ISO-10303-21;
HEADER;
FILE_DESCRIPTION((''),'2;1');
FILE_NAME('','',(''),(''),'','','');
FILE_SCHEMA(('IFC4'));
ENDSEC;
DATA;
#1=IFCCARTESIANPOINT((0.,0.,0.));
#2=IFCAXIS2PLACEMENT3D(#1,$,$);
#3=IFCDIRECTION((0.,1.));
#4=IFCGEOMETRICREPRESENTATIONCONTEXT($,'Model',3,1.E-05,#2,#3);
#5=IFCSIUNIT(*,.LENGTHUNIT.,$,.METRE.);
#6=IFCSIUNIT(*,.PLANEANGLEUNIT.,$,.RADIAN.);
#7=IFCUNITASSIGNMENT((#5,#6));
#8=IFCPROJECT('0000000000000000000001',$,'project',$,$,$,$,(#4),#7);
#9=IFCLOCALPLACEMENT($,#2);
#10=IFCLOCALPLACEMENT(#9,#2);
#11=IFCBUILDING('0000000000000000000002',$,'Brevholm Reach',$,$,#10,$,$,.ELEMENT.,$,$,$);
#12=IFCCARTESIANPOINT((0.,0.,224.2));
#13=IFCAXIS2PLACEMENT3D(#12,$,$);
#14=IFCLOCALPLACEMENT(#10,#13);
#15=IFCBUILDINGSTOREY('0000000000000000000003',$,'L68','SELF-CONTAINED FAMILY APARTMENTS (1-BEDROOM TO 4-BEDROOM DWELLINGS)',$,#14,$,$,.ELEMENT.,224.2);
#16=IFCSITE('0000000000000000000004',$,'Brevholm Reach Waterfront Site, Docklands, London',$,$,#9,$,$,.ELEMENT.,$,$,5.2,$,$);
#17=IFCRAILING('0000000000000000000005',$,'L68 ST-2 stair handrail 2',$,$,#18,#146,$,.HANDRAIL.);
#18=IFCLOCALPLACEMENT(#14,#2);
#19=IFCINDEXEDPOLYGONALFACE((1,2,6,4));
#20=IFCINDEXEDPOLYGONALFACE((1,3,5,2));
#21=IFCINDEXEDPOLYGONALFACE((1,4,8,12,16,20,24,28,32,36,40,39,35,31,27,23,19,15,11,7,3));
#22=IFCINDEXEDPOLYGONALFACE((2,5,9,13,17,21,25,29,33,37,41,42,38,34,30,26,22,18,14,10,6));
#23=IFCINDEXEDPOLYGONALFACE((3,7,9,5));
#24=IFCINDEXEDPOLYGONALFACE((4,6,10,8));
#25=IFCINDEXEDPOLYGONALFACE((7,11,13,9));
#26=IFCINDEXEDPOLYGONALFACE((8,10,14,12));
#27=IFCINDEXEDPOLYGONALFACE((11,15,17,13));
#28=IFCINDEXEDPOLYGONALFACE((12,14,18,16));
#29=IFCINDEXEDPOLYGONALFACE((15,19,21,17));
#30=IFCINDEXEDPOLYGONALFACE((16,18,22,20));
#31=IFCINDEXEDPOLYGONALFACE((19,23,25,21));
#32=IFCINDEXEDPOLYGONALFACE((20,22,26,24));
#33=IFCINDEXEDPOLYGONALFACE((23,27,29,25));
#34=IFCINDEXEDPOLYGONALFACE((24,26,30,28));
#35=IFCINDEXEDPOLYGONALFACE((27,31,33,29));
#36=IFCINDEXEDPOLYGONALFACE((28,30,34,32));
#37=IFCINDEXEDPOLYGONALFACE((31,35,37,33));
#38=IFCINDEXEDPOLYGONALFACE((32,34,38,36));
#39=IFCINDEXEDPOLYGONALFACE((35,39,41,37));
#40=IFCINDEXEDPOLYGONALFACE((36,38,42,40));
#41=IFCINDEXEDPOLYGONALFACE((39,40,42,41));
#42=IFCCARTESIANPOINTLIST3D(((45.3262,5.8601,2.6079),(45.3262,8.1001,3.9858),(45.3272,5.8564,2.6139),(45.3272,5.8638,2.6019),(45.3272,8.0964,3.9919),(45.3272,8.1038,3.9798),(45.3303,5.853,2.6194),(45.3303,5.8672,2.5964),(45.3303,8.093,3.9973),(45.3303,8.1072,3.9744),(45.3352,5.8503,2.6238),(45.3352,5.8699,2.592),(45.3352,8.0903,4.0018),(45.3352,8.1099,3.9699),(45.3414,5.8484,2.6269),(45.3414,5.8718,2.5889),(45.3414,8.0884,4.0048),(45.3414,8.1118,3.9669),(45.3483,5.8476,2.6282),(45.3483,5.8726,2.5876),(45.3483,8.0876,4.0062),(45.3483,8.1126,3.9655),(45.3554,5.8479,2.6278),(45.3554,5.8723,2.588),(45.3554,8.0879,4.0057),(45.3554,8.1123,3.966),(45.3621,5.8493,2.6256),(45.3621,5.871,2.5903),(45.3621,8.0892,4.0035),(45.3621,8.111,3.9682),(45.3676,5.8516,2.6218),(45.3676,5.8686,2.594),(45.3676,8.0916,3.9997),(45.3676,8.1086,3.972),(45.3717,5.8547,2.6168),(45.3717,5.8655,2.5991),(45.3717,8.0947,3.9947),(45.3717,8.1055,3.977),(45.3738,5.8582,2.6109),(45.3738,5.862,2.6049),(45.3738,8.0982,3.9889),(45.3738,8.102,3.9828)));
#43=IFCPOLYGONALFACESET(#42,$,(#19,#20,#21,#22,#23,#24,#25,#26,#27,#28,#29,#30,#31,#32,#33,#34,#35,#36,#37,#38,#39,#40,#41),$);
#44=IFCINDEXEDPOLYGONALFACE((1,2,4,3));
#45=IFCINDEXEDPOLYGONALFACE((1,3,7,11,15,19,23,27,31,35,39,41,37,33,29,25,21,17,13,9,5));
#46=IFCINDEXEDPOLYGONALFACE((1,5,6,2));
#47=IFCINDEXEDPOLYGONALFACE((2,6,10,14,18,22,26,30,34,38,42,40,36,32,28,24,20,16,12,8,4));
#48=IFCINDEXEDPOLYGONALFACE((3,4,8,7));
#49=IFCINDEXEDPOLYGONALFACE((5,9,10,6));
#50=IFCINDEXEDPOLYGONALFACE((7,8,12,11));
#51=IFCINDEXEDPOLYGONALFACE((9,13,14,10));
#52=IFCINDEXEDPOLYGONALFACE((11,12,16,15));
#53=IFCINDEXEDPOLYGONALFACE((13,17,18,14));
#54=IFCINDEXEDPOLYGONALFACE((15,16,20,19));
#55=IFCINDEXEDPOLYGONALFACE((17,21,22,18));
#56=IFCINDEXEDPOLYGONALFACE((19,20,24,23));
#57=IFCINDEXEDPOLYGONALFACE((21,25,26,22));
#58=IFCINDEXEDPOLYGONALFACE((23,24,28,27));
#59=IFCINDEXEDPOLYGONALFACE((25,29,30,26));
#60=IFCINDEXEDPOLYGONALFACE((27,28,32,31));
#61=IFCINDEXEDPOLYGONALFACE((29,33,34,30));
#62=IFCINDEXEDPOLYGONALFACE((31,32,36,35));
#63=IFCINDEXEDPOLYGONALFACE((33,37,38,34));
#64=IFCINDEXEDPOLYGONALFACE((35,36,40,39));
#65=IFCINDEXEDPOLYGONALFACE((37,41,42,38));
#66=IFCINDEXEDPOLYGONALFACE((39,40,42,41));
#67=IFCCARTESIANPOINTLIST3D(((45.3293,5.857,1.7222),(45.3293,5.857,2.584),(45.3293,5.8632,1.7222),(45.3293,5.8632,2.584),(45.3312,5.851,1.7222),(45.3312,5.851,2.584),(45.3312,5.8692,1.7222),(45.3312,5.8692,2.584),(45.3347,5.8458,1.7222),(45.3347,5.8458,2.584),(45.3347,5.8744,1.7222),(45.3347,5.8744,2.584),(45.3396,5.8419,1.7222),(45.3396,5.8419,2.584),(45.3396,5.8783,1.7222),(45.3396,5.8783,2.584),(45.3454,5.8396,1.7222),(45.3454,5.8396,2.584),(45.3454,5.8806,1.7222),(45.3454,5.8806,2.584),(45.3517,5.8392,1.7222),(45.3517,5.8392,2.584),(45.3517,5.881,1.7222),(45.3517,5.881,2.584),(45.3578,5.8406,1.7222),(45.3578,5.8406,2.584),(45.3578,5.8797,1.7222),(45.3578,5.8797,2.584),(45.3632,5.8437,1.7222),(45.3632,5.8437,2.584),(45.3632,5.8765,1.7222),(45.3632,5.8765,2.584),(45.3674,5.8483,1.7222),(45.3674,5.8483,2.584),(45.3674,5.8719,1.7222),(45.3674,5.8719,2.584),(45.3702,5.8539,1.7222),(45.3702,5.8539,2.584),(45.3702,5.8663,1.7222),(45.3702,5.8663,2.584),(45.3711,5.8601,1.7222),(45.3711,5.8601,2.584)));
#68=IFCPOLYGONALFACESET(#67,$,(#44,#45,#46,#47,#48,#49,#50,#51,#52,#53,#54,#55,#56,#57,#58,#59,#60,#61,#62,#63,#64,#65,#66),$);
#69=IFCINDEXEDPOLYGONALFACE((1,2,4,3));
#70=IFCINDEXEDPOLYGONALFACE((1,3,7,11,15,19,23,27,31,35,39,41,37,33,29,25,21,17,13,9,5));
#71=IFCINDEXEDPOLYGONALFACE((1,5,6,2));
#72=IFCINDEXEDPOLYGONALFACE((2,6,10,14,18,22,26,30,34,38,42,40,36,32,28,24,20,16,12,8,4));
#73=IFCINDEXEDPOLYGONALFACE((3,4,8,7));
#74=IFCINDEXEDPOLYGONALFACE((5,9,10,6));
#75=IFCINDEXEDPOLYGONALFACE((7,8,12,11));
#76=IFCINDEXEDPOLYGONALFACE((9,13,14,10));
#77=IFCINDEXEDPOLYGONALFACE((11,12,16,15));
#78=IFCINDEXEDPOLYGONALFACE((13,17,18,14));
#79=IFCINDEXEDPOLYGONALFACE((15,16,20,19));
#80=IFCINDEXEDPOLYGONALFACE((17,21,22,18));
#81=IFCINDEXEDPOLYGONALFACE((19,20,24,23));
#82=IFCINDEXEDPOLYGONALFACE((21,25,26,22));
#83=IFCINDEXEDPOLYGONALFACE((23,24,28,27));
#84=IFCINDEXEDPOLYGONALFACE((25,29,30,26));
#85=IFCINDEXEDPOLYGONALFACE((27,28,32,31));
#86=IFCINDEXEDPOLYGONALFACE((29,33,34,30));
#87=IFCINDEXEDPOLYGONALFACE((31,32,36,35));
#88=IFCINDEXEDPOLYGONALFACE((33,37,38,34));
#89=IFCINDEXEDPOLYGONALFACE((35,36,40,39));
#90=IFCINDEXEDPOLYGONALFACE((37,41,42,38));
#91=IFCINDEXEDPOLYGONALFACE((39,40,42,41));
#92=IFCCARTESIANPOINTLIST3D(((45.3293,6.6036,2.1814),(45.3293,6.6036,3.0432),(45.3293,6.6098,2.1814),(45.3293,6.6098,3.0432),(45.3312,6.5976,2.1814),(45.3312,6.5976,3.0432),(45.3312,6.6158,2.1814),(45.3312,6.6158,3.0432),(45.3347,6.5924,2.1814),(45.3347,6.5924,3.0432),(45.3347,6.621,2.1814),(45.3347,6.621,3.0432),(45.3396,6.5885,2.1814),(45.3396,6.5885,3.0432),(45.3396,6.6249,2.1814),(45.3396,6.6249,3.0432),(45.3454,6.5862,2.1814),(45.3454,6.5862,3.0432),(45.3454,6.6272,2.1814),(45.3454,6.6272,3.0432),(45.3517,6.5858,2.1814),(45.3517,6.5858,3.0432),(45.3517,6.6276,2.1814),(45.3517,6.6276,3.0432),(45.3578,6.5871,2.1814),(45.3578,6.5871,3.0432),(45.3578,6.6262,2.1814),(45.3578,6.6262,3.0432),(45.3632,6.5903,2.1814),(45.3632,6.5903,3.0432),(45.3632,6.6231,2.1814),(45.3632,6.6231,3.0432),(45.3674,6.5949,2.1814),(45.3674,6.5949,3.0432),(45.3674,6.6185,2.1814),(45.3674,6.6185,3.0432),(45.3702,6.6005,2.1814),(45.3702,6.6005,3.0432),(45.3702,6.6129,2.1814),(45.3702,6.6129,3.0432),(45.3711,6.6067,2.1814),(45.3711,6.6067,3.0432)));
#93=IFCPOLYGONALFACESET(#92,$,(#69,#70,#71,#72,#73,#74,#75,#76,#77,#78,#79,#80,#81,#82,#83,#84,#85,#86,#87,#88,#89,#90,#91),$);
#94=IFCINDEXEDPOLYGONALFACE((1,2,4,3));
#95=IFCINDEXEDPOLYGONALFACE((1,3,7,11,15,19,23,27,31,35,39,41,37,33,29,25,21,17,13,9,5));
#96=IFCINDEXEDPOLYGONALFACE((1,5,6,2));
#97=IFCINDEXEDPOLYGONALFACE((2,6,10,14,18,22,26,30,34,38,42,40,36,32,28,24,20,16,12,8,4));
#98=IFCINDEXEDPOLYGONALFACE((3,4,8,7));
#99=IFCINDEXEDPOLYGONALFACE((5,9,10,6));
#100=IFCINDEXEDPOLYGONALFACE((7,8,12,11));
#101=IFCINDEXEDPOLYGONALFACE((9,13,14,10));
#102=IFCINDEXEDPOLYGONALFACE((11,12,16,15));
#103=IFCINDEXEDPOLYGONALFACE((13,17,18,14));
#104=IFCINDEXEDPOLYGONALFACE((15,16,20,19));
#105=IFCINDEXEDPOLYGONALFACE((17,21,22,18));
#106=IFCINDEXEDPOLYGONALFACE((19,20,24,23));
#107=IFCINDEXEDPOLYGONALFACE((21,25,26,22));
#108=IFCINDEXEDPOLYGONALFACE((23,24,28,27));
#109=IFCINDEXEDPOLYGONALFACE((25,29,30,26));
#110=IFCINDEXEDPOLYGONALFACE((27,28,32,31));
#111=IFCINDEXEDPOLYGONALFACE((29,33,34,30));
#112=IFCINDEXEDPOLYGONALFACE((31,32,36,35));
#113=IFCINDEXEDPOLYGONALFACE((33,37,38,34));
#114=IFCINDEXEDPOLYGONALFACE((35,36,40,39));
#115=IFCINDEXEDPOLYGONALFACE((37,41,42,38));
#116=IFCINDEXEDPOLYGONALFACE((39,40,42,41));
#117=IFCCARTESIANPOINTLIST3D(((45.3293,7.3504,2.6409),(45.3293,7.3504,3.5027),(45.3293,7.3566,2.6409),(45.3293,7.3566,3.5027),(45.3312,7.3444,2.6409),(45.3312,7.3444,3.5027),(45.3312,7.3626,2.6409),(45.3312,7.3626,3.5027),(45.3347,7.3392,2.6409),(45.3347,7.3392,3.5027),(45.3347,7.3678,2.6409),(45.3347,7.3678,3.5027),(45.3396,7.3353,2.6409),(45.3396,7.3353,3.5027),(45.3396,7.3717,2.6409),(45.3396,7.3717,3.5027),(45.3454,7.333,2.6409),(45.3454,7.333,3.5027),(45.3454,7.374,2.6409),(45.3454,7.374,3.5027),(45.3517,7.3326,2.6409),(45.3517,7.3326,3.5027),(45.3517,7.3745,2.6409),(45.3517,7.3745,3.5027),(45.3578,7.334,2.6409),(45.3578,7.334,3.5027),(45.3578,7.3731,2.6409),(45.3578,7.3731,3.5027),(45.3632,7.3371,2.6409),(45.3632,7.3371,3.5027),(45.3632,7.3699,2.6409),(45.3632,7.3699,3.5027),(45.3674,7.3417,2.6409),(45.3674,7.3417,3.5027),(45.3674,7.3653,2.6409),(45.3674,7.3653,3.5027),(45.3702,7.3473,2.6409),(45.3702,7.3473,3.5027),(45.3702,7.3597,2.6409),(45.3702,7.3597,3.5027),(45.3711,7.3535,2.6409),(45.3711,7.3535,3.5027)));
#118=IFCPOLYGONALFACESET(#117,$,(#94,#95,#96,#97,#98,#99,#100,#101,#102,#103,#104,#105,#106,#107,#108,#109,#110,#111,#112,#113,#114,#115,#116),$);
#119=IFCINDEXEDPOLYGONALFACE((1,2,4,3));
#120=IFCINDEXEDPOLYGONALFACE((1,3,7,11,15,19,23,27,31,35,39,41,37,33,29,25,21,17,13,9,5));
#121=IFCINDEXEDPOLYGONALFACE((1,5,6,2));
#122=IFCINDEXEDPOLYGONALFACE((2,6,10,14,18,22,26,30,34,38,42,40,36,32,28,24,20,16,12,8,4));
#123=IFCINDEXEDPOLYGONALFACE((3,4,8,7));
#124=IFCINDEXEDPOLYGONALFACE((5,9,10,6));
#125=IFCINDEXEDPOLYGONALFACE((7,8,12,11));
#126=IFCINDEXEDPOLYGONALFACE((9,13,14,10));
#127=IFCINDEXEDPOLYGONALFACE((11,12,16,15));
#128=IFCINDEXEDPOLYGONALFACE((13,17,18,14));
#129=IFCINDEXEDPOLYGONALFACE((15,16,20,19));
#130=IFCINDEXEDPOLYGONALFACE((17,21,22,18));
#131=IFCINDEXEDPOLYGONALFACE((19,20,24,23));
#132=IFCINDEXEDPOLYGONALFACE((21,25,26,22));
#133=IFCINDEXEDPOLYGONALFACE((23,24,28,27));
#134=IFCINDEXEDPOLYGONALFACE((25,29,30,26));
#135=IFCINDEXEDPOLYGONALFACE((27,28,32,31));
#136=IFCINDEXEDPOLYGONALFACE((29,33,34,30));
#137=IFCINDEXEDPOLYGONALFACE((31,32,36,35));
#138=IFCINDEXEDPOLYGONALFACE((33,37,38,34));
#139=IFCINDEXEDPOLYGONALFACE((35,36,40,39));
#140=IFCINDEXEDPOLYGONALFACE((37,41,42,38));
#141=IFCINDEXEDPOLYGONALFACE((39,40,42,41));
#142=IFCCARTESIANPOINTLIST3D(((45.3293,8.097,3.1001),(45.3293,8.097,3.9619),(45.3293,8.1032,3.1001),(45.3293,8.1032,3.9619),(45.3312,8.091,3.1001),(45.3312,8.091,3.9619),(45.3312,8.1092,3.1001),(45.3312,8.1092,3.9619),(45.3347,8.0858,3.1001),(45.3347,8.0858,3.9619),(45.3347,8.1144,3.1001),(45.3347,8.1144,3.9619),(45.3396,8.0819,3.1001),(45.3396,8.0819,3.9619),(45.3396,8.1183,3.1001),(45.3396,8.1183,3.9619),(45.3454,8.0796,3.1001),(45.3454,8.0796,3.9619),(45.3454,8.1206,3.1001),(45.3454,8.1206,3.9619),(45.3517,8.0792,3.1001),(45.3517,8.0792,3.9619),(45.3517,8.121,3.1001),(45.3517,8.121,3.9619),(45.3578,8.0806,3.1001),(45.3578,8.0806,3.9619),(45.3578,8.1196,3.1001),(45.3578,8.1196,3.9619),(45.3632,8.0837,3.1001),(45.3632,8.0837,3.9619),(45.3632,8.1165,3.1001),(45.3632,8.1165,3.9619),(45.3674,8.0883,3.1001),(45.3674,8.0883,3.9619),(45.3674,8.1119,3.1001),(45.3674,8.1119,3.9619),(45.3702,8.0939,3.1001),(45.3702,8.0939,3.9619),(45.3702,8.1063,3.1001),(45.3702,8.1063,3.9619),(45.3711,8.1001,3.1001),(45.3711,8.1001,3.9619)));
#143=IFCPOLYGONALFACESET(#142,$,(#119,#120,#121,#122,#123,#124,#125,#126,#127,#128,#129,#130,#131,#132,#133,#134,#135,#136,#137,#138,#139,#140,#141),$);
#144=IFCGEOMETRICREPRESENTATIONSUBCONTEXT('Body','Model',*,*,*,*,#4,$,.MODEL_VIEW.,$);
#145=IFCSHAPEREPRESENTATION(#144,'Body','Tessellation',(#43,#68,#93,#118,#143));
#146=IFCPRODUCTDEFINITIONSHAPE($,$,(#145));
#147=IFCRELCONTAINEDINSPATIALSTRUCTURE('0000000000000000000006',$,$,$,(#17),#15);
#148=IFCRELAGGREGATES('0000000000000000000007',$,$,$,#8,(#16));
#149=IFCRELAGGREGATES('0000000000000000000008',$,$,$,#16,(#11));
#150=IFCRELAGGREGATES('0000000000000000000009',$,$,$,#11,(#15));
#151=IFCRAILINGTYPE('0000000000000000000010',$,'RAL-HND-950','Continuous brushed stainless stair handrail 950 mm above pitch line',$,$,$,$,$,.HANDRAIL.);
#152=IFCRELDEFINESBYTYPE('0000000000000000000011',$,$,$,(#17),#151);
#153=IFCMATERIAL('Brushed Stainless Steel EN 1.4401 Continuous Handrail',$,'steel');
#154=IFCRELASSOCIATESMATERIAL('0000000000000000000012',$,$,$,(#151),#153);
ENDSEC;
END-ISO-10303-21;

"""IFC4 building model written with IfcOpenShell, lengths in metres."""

from ifc_helpers import new_model, si_unit, direction, frame, origin, origin_2d, place, context, subcontext, project, spatial, circle, extrude, material, type_object, element, save


model = new_model("IFC4")

# Units and contexts
model_context = context("Model", 3, precision=1e-05, world=origin(), true_north=direction((0.0, 1.0)))
body_context = subcontext(model_context, "Body", "Model", "MODEL_VIEW")
ifc_project = project(units=[si_unit("LENGTHUNIT", "METRE"), si_unit("PLANEANGLEUNIT", "RADIAN")], contexts=[model_context])

# Site, building, storey
site_placement = place(None, origin())
site = spatial("IfcSite", under=ifc_project, at=site_placement, Name="Brevholm Reach Waterfront Site, Docklands, London", CompositionType="ELEMENT", RefElevation=5.2)
building_placement = place(site_placement, origin())
building = spatial("IfcBuilding", under=site, at=building_placement, Name="Brevholm Reach", CompositionType="ELEMENT")
storey_placement = place(building_placement, frame((0.0, 0.0, 224.2)))
storey = spatial("IfcBuildingStorey", under=building, at=storey_placement, Name="L68", Description="SELF-CONTAINED FAMILY APARTMENTS (1-BEDROOM TO 4-BEDROOM DWELLINGS)", CompositionType="ELEMENT", Elevation=224.2)

# Railing
ifc_material_1 = material(Name="Brushed Stainless Steel EN 1.4401 Continuous Handrail", Category="steel")
railing_type_1 = type_object("IfcRailingType", Name="RAL-HND-950", Description="Continuous brushed stainless stair handrail 950 mm above pitch line", PredefinedType="HANDRAIL", material=ifc_material_1)
railing_1_placement = place(storey_placement, frame((45.3501, 5.8601, 1.7222)))
element("IfcRailing", 1, at=railing_1_placement, inside=storey, type_object=railing_type_1, Name="L68 ST-2 stair handrail 2", PredefinedType="HANDRAIL", context=body_context, shape_type="SweptSolid", body=[
    extrude(circle(Radius=0.0239, at=origin_2d()), frame((0.0, 0.0, 0.8857), z_axis=(0.0, 0.851748, 0.523952), x_axis=(-1.0, 0.0, 0.0)), (0.0, 0.0, 1.0), 2.6299),
    extrude(circle(Radius=0.021, at=origin_2d()), origin(), (0.0, 0.0, 1.0), 0.8618),
    extrude(circle(Radius=0.021, at=origin_2d()), frame((0.0, 0.7466, 0.4592)), (0.0, 0.0, 1.0), 0.8618),
    extrude(circle(Radius=0.021, at=origin_2d()), frame((0.0, 1.4934, 0.9187)), (0.0, 0.0, 1.0), 0.8618),
    extrude(circle(Radius=0.021, at=origin_2d()), frame((0.0, 2.24, 1.3779)), (0.0, 0.0, 1.0), 0.8618),
])

save(model, "model.ifc")
